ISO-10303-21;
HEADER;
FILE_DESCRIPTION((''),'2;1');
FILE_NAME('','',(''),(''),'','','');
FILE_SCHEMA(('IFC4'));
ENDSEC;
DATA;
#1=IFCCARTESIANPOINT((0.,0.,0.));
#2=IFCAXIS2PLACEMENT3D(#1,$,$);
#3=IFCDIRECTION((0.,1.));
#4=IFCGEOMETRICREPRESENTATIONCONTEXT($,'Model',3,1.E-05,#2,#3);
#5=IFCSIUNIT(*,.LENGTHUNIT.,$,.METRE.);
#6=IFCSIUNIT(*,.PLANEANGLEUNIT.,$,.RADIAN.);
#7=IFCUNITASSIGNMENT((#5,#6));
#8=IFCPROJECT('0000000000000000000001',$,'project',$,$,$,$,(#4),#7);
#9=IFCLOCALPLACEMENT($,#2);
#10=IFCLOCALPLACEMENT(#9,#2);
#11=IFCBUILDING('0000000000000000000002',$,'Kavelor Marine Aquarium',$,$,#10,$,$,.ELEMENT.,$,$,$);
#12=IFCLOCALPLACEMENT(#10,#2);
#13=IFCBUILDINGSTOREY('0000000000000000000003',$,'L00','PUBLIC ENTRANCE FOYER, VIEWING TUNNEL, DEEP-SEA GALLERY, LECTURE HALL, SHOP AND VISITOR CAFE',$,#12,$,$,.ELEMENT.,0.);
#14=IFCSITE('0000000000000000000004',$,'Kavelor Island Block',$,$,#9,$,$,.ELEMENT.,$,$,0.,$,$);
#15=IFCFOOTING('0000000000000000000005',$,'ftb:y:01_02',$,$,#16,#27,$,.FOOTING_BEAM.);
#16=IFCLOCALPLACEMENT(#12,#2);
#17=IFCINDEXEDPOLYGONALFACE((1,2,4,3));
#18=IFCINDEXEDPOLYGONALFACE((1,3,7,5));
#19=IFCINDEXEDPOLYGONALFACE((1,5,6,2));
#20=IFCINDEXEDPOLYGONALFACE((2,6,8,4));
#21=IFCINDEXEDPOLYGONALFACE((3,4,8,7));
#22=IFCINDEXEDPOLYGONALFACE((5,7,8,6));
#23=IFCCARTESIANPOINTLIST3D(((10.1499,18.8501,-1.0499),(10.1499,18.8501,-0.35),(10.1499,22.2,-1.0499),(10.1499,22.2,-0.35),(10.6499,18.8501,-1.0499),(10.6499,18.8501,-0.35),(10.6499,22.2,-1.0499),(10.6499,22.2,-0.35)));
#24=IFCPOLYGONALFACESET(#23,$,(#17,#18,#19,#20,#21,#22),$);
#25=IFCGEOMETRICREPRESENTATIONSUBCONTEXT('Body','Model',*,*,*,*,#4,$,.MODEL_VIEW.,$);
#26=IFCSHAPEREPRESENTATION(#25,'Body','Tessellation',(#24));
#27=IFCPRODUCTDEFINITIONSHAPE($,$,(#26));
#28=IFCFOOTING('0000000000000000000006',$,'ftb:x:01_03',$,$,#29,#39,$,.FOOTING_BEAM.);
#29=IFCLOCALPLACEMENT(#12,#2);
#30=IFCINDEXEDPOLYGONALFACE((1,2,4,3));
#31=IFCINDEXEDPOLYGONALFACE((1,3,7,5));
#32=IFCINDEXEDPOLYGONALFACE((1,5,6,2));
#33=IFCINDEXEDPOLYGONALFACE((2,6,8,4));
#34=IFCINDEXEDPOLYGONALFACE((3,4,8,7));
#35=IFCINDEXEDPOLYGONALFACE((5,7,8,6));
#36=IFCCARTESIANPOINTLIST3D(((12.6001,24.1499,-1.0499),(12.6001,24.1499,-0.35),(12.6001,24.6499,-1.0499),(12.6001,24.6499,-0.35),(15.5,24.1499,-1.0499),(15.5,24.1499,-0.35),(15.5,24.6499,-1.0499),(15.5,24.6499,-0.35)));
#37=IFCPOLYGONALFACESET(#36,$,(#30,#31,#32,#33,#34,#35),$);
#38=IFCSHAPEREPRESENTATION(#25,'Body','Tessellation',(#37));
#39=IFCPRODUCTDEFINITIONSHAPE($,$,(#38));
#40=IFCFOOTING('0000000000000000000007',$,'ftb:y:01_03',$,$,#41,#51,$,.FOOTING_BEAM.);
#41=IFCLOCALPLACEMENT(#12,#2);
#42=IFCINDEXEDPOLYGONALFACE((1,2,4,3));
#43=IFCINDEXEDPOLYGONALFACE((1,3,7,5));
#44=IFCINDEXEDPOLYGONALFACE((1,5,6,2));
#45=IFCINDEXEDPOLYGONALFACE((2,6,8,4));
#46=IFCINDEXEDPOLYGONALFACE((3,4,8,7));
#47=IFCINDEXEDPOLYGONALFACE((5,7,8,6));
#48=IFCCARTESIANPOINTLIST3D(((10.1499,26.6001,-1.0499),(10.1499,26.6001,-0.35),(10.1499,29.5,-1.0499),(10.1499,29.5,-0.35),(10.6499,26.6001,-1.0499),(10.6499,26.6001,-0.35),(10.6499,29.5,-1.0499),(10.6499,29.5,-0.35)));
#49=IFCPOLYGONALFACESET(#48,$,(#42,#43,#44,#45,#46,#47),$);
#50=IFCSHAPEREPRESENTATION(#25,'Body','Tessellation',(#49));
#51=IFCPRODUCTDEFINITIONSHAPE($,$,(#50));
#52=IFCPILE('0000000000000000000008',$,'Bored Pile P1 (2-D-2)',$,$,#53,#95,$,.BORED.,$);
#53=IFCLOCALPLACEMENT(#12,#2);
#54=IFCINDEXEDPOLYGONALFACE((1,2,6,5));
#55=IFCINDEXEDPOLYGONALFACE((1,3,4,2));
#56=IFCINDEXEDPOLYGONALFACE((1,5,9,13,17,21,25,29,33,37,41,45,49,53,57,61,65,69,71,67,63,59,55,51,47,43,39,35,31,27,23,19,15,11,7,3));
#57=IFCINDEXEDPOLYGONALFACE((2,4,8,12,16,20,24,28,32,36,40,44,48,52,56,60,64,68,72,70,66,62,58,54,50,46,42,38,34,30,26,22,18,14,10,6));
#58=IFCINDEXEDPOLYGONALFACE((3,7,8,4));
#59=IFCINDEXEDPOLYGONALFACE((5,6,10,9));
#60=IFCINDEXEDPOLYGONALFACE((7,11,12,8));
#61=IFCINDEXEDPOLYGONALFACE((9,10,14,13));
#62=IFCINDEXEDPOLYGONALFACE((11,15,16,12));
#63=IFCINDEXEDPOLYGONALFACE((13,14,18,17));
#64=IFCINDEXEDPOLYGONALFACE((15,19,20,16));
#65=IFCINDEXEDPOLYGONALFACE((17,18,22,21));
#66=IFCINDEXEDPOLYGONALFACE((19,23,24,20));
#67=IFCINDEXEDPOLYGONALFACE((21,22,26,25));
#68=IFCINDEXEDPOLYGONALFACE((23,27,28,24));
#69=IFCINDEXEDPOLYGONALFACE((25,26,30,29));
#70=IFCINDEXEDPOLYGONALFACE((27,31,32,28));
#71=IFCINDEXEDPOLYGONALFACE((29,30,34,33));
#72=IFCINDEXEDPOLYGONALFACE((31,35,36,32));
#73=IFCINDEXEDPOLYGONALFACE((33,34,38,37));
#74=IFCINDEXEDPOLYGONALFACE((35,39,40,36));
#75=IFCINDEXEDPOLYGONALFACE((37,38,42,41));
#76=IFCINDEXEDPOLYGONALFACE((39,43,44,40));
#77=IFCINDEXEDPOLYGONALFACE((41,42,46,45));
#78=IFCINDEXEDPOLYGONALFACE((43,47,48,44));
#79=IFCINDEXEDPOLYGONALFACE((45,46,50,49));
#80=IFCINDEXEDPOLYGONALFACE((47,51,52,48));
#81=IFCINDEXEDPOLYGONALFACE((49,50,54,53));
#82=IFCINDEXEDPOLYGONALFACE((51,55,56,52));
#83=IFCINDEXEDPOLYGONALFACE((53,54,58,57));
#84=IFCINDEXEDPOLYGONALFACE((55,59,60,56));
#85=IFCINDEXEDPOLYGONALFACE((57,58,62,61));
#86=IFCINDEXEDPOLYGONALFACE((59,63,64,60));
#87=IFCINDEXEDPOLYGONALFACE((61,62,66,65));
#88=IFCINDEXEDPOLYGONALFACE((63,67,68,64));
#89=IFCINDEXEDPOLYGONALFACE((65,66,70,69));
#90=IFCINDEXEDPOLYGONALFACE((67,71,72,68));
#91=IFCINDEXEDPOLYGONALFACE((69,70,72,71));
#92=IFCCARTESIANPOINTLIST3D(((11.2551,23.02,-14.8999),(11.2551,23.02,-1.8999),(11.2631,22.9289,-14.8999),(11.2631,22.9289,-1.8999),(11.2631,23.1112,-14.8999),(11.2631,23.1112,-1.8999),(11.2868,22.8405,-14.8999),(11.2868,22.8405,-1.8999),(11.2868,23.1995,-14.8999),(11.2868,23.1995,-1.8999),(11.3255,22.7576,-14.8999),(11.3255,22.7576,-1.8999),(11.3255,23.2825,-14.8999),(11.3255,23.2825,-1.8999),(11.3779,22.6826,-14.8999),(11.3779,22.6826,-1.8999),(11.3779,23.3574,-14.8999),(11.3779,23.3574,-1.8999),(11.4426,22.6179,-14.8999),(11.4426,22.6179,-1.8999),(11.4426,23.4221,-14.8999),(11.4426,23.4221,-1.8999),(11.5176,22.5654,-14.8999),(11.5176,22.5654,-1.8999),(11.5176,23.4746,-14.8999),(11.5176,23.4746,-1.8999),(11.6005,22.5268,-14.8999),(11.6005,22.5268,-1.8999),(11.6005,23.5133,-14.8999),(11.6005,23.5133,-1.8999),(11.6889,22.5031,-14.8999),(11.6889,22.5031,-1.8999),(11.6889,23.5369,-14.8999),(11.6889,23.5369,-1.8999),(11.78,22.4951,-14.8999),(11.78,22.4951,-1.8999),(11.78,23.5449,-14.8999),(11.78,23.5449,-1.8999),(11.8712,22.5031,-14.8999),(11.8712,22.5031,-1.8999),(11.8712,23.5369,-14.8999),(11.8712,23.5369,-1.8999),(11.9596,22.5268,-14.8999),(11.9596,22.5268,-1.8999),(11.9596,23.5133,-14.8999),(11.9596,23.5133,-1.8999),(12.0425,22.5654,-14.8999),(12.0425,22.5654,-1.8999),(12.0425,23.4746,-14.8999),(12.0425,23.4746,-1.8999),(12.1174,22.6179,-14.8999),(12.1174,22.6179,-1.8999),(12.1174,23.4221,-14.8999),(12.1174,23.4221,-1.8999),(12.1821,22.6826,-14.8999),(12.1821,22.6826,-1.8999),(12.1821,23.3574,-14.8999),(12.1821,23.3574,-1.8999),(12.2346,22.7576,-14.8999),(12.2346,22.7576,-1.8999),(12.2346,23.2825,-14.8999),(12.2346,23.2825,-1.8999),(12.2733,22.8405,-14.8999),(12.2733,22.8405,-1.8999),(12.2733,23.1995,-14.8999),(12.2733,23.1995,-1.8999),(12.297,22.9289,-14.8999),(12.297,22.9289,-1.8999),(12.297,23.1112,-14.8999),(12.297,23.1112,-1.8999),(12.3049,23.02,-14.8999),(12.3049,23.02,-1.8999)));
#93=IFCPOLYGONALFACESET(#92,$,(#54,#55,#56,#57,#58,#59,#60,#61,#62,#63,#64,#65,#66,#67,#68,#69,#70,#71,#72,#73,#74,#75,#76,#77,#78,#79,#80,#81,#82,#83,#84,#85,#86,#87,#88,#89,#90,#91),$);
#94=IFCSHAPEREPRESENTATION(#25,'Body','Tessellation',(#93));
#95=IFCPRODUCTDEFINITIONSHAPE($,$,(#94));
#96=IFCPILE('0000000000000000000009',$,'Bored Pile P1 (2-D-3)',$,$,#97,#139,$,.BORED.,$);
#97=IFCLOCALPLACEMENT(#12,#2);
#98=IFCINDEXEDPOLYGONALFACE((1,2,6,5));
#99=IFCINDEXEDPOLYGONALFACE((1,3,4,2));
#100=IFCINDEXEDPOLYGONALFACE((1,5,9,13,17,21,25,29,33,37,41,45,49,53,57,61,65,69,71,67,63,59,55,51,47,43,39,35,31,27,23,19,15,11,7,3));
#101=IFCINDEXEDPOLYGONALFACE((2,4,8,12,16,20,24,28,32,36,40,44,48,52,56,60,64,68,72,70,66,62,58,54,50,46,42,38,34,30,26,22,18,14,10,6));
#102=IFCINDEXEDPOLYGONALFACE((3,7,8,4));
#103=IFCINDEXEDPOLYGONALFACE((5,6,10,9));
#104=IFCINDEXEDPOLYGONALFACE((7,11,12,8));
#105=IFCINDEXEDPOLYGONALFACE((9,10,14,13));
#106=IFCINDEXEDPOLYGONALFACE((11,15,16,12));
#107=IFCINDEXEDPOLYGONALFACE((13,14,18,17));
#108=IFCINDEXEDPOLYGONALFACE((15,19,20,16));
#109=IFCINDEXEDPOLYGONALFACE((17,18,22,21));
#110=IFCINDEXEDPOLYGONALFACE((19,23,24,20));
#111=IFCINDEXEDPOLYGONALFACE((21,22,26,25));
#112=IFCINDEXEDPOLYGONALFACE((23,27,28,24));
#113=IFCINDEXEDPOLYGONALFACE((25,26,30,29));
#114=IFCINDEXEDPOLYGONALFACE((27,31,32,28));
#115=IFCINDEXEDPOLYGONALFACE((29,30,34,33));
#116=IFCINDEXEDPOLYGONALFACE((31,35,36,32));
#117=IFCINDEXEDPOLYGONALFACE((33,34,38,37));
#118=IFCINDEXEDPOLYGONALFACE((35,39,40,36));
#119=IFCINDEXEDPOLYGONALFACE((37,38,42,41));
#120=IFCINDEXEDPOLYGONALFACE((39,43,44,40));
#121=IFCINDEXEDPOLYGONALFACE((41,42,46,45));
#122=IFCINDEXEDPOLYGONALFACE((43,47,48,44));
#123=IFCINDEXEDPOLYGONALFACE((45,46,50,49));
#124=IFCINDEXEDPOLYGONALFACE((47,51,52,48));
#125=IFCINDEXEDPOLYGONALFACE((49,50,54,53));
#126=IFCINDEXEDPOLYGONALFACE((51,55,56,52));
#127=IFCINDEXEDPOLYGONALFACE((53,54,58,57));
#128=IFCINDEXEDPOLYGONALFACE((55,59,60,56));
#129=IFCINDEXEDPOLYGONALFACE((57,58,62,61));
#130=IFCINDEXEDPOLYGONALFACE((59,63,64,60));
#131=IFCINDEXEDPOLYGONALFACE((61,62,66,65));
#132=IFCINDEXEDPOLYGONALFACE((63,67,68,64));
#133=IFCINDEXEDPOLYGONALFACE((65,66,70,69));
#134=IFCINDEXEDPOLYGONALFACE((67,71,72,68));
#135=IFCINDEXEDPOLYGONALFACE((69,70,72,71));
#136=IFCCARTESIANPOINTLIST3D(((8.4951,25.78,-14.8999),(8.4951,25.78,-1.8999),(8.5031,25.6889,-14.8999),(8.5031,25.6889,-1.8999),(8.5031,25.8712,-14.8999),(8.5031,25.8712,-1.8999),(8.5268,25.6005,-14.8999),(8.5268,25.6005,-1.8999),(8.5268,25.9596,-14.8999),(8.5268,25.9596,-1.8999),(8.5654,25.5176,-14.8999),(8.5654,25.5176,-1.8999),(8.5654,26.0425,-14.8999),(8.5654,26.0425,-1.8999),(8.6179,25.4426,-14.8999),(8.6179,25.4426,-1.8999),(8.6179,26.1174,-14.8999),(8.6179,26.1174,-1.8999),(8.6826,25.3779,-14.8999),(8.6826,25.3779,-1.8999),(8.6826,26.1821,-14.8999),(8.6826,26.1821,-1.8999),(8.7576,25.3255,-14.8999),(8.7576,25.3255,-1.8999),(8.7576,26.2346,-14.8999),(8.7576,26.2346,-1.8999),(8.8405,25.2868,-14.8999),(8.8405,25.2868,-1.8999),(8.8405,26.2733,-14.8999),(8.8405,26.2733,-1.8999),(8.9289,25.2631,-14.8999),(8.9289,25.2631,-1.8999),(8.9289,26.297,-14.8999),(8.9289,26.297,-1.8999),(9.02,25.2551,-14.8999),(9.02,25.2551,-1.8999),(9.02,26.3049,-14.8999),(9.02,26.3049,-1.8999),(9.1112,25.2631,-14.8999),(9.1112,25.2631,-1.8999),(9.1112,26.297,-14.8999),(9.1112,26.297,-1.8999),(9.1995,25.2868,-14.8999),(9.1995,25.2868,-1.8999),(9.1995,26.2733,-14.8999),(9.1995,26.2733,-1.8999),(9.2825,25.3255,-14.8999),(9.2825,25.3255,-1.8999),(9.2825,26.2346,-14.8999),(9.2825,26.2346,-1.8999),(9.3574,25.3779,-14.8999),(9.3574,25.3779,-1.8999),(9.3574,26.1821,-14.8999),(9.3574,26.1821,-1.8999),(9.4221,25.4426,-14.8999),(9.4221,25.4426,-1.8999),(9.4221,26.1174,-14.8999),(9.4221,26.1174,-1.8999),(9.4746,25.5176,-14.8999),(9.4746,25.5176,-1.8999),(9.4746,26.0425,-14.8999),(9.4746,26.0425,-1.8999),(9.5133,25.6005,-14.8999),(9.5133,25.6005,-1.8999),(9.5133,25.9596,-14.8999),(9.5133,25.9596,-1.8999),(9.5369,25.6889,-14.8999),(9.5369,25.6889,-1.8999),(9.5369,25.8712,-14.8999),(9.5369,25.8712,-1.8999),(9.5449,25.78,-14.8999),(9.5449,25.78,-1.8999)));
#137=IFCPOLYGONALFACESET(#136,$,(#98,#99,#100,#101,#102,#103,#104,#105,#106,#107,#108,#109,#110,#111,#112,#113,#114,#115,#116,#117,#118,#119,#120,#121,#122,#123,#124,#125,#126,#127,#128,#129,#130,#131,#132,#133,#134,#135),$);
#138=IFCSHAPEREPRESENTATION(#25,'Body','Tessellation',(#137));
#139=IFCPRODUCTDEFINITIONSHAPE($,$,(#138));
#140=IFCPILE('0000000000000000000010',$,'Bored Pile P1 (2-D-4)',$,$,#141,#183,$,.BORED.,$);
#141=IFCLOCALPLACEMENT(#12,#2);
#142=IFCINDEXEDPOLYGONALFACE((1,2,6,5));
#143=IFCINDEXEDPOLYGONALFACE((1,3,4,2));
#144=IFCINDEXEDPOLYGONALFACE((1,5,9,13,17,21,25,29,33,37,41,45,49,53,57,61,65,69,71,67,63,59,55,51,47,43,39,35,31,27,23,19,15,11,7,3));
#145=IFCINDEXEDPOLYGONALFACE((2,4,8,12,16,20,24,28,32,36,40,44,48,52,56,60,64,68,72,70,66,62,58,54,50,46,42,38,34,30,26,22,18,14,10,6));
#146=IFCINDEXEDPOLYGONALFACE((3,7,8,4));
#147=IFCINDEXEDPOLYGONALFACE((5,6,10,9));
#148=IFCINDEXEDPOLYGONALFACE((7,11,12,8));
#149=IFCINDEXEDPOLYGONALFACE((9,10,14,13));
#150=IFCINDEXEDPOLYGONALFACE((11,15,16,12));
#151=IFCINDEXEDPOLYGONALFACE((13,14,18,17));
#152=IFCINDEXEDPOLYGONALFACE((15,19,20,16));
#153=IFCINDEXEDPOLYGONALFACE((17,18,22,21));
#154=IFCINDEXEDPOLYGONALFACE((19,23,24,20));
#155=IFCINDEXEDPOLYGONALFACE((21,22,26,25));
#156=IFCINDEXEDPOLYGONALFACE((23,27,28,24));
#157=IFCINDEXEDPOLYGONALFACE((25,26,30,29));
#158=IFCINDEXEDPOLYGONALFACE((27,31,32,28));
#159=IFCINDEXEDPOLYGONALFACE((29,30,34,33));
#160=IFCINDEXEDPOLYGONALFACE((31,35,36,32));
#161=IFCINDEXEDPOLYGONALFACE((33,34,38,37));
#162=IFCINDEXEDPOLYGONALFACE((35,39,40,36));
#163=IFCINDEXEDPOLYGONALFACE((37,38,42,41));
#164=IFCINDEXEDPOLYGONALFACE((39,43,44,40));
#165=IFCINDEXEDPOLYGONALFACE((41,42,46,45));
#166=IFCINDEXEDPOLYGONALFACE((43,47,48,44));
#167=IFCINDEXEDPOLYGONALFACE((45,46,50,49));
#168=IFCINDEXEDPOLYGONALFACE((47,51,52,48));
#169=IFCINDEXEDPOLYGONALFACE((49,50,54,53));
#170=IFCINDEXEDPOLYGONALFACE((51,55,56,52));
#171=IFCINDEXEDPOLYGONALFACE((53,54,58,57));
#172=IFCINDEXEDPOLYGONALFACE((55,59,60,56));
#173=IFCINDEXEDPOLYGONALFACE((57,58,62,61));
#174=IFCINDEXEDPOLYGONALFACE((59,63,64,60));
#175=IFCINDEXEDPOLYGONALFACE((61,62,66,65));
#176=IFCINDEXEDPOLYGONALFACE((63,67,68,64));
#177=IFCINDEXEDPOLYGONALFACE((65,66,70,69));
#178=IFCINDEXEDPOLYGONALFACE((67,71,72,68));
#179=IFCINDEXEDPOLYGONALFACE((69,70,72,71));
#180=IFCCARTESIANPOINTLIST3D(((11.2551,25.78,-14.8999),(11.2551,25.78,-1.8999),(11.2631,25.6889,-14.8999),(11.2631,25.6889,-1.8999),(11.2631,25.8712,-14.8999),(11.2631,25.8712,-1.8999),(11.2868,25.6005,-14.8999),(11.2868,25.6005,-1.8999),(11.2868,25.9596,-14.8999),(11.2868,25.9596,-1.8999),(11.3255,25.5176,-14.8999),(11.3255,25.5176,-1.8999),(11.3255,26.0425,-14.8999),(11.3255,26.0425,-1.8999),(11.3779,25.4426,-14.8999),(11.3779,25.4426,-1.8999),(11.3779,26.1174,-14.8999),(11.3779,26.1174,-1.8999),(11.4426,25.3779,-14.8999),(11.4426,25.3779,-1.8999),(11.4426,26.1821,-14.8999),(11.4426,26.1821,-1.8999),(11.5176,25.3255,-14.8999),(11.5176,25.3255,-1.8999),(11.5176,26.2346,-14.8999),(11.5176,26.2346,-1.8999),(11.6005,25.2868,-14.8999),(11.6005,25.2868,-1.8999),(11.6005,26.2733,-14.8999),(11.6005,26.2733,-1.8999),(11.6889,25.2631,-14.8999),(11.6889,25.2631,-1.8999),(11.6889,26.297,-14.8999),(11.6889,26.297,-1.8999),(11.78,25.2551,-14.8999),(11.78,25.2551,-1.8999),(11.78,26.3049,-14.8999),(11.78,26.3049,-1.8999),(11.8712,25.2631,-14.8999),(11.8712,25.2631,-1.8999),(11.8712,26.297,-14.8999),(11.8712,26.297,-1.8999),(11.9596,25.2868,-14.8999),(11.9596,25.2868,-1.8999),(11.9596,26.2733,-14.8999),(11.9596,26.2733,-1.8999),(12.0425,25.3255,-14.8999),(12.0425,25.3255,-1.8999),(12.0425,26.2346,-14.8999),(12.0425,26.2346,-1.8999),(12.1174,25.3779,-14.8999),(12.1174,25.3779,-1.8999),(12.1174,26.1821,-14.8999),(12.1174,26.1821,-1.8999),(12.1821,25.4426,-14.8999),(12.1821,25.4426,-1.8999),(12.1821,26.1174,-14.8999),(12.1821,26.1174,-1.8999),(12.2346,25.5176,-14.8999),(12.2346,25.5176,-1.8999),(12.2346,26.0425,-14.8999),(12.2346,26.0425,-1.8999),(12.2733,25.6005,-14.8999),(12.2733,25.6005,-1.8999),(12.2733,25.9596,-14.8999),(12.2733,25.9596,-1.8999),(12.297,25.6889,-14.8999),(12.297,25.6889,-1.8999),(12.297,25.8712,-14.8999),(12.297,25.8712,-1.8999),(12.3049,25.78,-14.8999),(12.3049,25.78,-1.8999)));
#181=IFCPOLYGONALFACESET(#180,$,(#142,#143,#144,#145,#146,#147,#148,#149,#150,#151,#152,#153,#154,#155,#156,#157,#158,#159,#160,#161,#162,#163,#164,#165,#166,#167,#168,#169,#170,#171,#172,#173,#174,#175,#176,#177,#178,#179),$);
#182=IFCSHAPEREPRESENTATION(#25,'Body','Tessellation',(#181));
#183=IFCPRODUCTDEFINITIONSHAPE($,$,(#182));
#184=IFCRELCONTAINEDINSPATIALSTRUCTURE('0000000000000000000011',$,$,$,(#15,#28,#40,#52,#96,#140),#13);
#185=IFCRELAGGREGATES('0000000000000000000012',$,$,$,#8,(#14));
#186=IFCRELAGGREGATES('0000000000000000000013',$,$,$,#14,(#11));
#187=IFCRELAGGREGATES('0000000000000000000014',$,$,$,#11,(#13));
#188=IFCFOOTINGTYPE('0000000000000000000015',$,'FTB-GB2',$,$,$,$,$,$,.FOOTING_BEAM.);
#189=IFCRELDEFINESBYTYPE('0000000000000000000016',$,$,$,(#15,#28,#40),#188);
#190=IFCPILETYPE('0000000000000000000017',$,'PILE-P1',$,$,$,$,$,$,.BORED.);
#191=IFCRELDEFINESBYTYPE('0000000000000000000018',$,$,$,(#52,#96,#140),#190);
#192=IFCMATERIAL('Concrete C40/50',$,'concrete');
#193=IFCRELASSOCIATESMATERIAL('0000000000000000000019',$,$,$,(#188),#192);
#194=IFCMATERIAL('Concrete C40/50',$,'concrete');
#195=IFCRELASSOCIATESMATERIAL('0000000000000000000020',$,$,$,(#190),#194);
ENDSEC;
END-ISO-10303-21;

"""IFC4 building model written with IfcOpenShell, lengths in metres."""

from ifc_helpers import new_model, si_unit, direction, frame, origin, origin_2d, place, context, subcontext, project, spatial, rectangle, circle, extrude, material, material_profile, profile_set, type_object, element, save


model = new_model("IFC4")

# Units and contexts
model_context = context("Model", 3, precision=1e-05, world=origin(), true_north=direction((0.0, 1.0)))
body_context = subcontext(model_context, "Body", "Model", "MODEL_VIEW")
ifc_project = project(units=[si_unit("LENGTHUNIT", "METRE"), si_unit("PLANEANGLEUNIT", "RADIAN")], contexts=[model_context])

# Site, building, storey
site_placement = place(None, origin())
site = spatial("IfcSite", under=ifc_project, at=site_placement, Name="Kavelor Island Block", CompositionType="ELEMENT", RefElevation=0.0)
building_placement = place(site_placement, origin())
building = spatial("IfcBuilding", under=site, at=building_placement, Name="Kavelor Marine Aquarium", CompositionType="ELEMENT")
storey_placement = place(building_placement, origin())
storey = spatial("IfcBuildingStorey", under=building, at=storey_placement, Name="L00", Description="PUBLIC ENTRANCE FOYER, VIEWING TUNNEL, DEEP-SEA GALLERY, LECTURE HALL, SHOP AND VISITOR CAFE", CompositionType="ELEMENT", Elevation=0.0)

# Footings
ifc_material_1 = material(Name="Concrete C40/50", Category="concrete")
ifc_material_profile_1 = material_profile(ifc_material_1, rectangle(XDim=0.5, YDim=0.7, at=origin_2d()), Name="GB 500x700")
ifc_profile_set_1 = profile_set([ifc_material_profile_1], Name="Concrete C40/50")
footing_type = type_object("IfcFootingType", Name="FTB-GB2", PredefinedType="FOOTING_BEAM", material=ifc_profile_set_1)
footing_placement = place(storey_placement, frame((10.3999, 18.8501, -0.7), z_axis=(0.0, 1.0, 0.0), x_axis=(-1.0, 0.0, 0.0)))
element("IfcFooting", 1, at=footing_placement, inside=storey, type_object=footing_type, Name="ftb:y:01_02", PredefinedType="FOOTING_BEAM", context=body_context, shape_type="SweptSolid", body=[
    extrude(rectangle(XDim=0.5, YDim=0.7, at=origin_2d()), origin(), (0.0, 0.0, 1.0), 3.3499),
])
for number, where, z_axis, x_axis, name in (
    (2, (12.6001, 24.3999, -0.7), (1.0, 0.0, 0.0), (0.0, 1.0, 0.0), "ftb:x:01_03"),
    (3, (10.3999, 26.6001, -0.7), (0.0, 1.0, 0.0), (-1.0, 0.0, 0.0), "ftb:y:01_03"),
):
    element("IfcFooting", number, at=place(storey_placement, frame(where, z_axis=z_axis, x_axis=x_axis)), inside=storey, type_object=footing_type, Name=name, PredefinedType="FOOTING_BEAM", context=body_context, shape_type="SweptSolid", body=[
        extrude(rectangle(XDim=0.5, YDim=0.7, at=origin_2d()), origin(), (0.0, 0.0, 1.0), 2.8999),
    ])

# Piles
ifc_material_2 = material(Name="Concrete C40/50", Category="concrete")
ifc_material_profile_2 = material_profile(ifc_material_2, circle(Radius=0.5249, at=origin_2d()), Name="PILE D1050")
ifc_profile_set_2 = profile_set([ifc_material_profile_2], Name="Concrete C40/50")
pile_type_1 = type_object("IfcPileType", Name="PILE-P1", PredefinedType="BORED", material=ifc_profile_set_2)
for number, where, z_axis, x_axis, name in (
    (4, (11.78, 23.02, -1.8999), (0.0, 0.0, -1.0), (1.0, 0.0, 0.0), "Bored Pile P1 (2-D-2)"),
    (5, (9.02, 25.78, -1.8999), (0.0, 0.0, -1.0), (1.0, 0.0, 0.0), "Bored Pile P1 (2-D-3)"),
    (6, (11.78, 25.78, -1.8999), (0.0, 0.0, -1.0), (1.0, 0.0, 0.0), "Bored Pile P1 (2-D-4)"),
):
    element("IfcPile", number, at=place(storey_placement, frame(where, z_axis=z_axis, x_axis=x_axis)), inside=storey, type_object=pile_type_1, Name=name, PredefinedType="BORED", context=body_context, shape_type="SweptSolid", body=[
        extrude(circle(Radius=0.5249, at=origin_2d()), origin(), (0.0, 0.0, 1.0), 13.0),
    ])

save(model, "model.ifc")
